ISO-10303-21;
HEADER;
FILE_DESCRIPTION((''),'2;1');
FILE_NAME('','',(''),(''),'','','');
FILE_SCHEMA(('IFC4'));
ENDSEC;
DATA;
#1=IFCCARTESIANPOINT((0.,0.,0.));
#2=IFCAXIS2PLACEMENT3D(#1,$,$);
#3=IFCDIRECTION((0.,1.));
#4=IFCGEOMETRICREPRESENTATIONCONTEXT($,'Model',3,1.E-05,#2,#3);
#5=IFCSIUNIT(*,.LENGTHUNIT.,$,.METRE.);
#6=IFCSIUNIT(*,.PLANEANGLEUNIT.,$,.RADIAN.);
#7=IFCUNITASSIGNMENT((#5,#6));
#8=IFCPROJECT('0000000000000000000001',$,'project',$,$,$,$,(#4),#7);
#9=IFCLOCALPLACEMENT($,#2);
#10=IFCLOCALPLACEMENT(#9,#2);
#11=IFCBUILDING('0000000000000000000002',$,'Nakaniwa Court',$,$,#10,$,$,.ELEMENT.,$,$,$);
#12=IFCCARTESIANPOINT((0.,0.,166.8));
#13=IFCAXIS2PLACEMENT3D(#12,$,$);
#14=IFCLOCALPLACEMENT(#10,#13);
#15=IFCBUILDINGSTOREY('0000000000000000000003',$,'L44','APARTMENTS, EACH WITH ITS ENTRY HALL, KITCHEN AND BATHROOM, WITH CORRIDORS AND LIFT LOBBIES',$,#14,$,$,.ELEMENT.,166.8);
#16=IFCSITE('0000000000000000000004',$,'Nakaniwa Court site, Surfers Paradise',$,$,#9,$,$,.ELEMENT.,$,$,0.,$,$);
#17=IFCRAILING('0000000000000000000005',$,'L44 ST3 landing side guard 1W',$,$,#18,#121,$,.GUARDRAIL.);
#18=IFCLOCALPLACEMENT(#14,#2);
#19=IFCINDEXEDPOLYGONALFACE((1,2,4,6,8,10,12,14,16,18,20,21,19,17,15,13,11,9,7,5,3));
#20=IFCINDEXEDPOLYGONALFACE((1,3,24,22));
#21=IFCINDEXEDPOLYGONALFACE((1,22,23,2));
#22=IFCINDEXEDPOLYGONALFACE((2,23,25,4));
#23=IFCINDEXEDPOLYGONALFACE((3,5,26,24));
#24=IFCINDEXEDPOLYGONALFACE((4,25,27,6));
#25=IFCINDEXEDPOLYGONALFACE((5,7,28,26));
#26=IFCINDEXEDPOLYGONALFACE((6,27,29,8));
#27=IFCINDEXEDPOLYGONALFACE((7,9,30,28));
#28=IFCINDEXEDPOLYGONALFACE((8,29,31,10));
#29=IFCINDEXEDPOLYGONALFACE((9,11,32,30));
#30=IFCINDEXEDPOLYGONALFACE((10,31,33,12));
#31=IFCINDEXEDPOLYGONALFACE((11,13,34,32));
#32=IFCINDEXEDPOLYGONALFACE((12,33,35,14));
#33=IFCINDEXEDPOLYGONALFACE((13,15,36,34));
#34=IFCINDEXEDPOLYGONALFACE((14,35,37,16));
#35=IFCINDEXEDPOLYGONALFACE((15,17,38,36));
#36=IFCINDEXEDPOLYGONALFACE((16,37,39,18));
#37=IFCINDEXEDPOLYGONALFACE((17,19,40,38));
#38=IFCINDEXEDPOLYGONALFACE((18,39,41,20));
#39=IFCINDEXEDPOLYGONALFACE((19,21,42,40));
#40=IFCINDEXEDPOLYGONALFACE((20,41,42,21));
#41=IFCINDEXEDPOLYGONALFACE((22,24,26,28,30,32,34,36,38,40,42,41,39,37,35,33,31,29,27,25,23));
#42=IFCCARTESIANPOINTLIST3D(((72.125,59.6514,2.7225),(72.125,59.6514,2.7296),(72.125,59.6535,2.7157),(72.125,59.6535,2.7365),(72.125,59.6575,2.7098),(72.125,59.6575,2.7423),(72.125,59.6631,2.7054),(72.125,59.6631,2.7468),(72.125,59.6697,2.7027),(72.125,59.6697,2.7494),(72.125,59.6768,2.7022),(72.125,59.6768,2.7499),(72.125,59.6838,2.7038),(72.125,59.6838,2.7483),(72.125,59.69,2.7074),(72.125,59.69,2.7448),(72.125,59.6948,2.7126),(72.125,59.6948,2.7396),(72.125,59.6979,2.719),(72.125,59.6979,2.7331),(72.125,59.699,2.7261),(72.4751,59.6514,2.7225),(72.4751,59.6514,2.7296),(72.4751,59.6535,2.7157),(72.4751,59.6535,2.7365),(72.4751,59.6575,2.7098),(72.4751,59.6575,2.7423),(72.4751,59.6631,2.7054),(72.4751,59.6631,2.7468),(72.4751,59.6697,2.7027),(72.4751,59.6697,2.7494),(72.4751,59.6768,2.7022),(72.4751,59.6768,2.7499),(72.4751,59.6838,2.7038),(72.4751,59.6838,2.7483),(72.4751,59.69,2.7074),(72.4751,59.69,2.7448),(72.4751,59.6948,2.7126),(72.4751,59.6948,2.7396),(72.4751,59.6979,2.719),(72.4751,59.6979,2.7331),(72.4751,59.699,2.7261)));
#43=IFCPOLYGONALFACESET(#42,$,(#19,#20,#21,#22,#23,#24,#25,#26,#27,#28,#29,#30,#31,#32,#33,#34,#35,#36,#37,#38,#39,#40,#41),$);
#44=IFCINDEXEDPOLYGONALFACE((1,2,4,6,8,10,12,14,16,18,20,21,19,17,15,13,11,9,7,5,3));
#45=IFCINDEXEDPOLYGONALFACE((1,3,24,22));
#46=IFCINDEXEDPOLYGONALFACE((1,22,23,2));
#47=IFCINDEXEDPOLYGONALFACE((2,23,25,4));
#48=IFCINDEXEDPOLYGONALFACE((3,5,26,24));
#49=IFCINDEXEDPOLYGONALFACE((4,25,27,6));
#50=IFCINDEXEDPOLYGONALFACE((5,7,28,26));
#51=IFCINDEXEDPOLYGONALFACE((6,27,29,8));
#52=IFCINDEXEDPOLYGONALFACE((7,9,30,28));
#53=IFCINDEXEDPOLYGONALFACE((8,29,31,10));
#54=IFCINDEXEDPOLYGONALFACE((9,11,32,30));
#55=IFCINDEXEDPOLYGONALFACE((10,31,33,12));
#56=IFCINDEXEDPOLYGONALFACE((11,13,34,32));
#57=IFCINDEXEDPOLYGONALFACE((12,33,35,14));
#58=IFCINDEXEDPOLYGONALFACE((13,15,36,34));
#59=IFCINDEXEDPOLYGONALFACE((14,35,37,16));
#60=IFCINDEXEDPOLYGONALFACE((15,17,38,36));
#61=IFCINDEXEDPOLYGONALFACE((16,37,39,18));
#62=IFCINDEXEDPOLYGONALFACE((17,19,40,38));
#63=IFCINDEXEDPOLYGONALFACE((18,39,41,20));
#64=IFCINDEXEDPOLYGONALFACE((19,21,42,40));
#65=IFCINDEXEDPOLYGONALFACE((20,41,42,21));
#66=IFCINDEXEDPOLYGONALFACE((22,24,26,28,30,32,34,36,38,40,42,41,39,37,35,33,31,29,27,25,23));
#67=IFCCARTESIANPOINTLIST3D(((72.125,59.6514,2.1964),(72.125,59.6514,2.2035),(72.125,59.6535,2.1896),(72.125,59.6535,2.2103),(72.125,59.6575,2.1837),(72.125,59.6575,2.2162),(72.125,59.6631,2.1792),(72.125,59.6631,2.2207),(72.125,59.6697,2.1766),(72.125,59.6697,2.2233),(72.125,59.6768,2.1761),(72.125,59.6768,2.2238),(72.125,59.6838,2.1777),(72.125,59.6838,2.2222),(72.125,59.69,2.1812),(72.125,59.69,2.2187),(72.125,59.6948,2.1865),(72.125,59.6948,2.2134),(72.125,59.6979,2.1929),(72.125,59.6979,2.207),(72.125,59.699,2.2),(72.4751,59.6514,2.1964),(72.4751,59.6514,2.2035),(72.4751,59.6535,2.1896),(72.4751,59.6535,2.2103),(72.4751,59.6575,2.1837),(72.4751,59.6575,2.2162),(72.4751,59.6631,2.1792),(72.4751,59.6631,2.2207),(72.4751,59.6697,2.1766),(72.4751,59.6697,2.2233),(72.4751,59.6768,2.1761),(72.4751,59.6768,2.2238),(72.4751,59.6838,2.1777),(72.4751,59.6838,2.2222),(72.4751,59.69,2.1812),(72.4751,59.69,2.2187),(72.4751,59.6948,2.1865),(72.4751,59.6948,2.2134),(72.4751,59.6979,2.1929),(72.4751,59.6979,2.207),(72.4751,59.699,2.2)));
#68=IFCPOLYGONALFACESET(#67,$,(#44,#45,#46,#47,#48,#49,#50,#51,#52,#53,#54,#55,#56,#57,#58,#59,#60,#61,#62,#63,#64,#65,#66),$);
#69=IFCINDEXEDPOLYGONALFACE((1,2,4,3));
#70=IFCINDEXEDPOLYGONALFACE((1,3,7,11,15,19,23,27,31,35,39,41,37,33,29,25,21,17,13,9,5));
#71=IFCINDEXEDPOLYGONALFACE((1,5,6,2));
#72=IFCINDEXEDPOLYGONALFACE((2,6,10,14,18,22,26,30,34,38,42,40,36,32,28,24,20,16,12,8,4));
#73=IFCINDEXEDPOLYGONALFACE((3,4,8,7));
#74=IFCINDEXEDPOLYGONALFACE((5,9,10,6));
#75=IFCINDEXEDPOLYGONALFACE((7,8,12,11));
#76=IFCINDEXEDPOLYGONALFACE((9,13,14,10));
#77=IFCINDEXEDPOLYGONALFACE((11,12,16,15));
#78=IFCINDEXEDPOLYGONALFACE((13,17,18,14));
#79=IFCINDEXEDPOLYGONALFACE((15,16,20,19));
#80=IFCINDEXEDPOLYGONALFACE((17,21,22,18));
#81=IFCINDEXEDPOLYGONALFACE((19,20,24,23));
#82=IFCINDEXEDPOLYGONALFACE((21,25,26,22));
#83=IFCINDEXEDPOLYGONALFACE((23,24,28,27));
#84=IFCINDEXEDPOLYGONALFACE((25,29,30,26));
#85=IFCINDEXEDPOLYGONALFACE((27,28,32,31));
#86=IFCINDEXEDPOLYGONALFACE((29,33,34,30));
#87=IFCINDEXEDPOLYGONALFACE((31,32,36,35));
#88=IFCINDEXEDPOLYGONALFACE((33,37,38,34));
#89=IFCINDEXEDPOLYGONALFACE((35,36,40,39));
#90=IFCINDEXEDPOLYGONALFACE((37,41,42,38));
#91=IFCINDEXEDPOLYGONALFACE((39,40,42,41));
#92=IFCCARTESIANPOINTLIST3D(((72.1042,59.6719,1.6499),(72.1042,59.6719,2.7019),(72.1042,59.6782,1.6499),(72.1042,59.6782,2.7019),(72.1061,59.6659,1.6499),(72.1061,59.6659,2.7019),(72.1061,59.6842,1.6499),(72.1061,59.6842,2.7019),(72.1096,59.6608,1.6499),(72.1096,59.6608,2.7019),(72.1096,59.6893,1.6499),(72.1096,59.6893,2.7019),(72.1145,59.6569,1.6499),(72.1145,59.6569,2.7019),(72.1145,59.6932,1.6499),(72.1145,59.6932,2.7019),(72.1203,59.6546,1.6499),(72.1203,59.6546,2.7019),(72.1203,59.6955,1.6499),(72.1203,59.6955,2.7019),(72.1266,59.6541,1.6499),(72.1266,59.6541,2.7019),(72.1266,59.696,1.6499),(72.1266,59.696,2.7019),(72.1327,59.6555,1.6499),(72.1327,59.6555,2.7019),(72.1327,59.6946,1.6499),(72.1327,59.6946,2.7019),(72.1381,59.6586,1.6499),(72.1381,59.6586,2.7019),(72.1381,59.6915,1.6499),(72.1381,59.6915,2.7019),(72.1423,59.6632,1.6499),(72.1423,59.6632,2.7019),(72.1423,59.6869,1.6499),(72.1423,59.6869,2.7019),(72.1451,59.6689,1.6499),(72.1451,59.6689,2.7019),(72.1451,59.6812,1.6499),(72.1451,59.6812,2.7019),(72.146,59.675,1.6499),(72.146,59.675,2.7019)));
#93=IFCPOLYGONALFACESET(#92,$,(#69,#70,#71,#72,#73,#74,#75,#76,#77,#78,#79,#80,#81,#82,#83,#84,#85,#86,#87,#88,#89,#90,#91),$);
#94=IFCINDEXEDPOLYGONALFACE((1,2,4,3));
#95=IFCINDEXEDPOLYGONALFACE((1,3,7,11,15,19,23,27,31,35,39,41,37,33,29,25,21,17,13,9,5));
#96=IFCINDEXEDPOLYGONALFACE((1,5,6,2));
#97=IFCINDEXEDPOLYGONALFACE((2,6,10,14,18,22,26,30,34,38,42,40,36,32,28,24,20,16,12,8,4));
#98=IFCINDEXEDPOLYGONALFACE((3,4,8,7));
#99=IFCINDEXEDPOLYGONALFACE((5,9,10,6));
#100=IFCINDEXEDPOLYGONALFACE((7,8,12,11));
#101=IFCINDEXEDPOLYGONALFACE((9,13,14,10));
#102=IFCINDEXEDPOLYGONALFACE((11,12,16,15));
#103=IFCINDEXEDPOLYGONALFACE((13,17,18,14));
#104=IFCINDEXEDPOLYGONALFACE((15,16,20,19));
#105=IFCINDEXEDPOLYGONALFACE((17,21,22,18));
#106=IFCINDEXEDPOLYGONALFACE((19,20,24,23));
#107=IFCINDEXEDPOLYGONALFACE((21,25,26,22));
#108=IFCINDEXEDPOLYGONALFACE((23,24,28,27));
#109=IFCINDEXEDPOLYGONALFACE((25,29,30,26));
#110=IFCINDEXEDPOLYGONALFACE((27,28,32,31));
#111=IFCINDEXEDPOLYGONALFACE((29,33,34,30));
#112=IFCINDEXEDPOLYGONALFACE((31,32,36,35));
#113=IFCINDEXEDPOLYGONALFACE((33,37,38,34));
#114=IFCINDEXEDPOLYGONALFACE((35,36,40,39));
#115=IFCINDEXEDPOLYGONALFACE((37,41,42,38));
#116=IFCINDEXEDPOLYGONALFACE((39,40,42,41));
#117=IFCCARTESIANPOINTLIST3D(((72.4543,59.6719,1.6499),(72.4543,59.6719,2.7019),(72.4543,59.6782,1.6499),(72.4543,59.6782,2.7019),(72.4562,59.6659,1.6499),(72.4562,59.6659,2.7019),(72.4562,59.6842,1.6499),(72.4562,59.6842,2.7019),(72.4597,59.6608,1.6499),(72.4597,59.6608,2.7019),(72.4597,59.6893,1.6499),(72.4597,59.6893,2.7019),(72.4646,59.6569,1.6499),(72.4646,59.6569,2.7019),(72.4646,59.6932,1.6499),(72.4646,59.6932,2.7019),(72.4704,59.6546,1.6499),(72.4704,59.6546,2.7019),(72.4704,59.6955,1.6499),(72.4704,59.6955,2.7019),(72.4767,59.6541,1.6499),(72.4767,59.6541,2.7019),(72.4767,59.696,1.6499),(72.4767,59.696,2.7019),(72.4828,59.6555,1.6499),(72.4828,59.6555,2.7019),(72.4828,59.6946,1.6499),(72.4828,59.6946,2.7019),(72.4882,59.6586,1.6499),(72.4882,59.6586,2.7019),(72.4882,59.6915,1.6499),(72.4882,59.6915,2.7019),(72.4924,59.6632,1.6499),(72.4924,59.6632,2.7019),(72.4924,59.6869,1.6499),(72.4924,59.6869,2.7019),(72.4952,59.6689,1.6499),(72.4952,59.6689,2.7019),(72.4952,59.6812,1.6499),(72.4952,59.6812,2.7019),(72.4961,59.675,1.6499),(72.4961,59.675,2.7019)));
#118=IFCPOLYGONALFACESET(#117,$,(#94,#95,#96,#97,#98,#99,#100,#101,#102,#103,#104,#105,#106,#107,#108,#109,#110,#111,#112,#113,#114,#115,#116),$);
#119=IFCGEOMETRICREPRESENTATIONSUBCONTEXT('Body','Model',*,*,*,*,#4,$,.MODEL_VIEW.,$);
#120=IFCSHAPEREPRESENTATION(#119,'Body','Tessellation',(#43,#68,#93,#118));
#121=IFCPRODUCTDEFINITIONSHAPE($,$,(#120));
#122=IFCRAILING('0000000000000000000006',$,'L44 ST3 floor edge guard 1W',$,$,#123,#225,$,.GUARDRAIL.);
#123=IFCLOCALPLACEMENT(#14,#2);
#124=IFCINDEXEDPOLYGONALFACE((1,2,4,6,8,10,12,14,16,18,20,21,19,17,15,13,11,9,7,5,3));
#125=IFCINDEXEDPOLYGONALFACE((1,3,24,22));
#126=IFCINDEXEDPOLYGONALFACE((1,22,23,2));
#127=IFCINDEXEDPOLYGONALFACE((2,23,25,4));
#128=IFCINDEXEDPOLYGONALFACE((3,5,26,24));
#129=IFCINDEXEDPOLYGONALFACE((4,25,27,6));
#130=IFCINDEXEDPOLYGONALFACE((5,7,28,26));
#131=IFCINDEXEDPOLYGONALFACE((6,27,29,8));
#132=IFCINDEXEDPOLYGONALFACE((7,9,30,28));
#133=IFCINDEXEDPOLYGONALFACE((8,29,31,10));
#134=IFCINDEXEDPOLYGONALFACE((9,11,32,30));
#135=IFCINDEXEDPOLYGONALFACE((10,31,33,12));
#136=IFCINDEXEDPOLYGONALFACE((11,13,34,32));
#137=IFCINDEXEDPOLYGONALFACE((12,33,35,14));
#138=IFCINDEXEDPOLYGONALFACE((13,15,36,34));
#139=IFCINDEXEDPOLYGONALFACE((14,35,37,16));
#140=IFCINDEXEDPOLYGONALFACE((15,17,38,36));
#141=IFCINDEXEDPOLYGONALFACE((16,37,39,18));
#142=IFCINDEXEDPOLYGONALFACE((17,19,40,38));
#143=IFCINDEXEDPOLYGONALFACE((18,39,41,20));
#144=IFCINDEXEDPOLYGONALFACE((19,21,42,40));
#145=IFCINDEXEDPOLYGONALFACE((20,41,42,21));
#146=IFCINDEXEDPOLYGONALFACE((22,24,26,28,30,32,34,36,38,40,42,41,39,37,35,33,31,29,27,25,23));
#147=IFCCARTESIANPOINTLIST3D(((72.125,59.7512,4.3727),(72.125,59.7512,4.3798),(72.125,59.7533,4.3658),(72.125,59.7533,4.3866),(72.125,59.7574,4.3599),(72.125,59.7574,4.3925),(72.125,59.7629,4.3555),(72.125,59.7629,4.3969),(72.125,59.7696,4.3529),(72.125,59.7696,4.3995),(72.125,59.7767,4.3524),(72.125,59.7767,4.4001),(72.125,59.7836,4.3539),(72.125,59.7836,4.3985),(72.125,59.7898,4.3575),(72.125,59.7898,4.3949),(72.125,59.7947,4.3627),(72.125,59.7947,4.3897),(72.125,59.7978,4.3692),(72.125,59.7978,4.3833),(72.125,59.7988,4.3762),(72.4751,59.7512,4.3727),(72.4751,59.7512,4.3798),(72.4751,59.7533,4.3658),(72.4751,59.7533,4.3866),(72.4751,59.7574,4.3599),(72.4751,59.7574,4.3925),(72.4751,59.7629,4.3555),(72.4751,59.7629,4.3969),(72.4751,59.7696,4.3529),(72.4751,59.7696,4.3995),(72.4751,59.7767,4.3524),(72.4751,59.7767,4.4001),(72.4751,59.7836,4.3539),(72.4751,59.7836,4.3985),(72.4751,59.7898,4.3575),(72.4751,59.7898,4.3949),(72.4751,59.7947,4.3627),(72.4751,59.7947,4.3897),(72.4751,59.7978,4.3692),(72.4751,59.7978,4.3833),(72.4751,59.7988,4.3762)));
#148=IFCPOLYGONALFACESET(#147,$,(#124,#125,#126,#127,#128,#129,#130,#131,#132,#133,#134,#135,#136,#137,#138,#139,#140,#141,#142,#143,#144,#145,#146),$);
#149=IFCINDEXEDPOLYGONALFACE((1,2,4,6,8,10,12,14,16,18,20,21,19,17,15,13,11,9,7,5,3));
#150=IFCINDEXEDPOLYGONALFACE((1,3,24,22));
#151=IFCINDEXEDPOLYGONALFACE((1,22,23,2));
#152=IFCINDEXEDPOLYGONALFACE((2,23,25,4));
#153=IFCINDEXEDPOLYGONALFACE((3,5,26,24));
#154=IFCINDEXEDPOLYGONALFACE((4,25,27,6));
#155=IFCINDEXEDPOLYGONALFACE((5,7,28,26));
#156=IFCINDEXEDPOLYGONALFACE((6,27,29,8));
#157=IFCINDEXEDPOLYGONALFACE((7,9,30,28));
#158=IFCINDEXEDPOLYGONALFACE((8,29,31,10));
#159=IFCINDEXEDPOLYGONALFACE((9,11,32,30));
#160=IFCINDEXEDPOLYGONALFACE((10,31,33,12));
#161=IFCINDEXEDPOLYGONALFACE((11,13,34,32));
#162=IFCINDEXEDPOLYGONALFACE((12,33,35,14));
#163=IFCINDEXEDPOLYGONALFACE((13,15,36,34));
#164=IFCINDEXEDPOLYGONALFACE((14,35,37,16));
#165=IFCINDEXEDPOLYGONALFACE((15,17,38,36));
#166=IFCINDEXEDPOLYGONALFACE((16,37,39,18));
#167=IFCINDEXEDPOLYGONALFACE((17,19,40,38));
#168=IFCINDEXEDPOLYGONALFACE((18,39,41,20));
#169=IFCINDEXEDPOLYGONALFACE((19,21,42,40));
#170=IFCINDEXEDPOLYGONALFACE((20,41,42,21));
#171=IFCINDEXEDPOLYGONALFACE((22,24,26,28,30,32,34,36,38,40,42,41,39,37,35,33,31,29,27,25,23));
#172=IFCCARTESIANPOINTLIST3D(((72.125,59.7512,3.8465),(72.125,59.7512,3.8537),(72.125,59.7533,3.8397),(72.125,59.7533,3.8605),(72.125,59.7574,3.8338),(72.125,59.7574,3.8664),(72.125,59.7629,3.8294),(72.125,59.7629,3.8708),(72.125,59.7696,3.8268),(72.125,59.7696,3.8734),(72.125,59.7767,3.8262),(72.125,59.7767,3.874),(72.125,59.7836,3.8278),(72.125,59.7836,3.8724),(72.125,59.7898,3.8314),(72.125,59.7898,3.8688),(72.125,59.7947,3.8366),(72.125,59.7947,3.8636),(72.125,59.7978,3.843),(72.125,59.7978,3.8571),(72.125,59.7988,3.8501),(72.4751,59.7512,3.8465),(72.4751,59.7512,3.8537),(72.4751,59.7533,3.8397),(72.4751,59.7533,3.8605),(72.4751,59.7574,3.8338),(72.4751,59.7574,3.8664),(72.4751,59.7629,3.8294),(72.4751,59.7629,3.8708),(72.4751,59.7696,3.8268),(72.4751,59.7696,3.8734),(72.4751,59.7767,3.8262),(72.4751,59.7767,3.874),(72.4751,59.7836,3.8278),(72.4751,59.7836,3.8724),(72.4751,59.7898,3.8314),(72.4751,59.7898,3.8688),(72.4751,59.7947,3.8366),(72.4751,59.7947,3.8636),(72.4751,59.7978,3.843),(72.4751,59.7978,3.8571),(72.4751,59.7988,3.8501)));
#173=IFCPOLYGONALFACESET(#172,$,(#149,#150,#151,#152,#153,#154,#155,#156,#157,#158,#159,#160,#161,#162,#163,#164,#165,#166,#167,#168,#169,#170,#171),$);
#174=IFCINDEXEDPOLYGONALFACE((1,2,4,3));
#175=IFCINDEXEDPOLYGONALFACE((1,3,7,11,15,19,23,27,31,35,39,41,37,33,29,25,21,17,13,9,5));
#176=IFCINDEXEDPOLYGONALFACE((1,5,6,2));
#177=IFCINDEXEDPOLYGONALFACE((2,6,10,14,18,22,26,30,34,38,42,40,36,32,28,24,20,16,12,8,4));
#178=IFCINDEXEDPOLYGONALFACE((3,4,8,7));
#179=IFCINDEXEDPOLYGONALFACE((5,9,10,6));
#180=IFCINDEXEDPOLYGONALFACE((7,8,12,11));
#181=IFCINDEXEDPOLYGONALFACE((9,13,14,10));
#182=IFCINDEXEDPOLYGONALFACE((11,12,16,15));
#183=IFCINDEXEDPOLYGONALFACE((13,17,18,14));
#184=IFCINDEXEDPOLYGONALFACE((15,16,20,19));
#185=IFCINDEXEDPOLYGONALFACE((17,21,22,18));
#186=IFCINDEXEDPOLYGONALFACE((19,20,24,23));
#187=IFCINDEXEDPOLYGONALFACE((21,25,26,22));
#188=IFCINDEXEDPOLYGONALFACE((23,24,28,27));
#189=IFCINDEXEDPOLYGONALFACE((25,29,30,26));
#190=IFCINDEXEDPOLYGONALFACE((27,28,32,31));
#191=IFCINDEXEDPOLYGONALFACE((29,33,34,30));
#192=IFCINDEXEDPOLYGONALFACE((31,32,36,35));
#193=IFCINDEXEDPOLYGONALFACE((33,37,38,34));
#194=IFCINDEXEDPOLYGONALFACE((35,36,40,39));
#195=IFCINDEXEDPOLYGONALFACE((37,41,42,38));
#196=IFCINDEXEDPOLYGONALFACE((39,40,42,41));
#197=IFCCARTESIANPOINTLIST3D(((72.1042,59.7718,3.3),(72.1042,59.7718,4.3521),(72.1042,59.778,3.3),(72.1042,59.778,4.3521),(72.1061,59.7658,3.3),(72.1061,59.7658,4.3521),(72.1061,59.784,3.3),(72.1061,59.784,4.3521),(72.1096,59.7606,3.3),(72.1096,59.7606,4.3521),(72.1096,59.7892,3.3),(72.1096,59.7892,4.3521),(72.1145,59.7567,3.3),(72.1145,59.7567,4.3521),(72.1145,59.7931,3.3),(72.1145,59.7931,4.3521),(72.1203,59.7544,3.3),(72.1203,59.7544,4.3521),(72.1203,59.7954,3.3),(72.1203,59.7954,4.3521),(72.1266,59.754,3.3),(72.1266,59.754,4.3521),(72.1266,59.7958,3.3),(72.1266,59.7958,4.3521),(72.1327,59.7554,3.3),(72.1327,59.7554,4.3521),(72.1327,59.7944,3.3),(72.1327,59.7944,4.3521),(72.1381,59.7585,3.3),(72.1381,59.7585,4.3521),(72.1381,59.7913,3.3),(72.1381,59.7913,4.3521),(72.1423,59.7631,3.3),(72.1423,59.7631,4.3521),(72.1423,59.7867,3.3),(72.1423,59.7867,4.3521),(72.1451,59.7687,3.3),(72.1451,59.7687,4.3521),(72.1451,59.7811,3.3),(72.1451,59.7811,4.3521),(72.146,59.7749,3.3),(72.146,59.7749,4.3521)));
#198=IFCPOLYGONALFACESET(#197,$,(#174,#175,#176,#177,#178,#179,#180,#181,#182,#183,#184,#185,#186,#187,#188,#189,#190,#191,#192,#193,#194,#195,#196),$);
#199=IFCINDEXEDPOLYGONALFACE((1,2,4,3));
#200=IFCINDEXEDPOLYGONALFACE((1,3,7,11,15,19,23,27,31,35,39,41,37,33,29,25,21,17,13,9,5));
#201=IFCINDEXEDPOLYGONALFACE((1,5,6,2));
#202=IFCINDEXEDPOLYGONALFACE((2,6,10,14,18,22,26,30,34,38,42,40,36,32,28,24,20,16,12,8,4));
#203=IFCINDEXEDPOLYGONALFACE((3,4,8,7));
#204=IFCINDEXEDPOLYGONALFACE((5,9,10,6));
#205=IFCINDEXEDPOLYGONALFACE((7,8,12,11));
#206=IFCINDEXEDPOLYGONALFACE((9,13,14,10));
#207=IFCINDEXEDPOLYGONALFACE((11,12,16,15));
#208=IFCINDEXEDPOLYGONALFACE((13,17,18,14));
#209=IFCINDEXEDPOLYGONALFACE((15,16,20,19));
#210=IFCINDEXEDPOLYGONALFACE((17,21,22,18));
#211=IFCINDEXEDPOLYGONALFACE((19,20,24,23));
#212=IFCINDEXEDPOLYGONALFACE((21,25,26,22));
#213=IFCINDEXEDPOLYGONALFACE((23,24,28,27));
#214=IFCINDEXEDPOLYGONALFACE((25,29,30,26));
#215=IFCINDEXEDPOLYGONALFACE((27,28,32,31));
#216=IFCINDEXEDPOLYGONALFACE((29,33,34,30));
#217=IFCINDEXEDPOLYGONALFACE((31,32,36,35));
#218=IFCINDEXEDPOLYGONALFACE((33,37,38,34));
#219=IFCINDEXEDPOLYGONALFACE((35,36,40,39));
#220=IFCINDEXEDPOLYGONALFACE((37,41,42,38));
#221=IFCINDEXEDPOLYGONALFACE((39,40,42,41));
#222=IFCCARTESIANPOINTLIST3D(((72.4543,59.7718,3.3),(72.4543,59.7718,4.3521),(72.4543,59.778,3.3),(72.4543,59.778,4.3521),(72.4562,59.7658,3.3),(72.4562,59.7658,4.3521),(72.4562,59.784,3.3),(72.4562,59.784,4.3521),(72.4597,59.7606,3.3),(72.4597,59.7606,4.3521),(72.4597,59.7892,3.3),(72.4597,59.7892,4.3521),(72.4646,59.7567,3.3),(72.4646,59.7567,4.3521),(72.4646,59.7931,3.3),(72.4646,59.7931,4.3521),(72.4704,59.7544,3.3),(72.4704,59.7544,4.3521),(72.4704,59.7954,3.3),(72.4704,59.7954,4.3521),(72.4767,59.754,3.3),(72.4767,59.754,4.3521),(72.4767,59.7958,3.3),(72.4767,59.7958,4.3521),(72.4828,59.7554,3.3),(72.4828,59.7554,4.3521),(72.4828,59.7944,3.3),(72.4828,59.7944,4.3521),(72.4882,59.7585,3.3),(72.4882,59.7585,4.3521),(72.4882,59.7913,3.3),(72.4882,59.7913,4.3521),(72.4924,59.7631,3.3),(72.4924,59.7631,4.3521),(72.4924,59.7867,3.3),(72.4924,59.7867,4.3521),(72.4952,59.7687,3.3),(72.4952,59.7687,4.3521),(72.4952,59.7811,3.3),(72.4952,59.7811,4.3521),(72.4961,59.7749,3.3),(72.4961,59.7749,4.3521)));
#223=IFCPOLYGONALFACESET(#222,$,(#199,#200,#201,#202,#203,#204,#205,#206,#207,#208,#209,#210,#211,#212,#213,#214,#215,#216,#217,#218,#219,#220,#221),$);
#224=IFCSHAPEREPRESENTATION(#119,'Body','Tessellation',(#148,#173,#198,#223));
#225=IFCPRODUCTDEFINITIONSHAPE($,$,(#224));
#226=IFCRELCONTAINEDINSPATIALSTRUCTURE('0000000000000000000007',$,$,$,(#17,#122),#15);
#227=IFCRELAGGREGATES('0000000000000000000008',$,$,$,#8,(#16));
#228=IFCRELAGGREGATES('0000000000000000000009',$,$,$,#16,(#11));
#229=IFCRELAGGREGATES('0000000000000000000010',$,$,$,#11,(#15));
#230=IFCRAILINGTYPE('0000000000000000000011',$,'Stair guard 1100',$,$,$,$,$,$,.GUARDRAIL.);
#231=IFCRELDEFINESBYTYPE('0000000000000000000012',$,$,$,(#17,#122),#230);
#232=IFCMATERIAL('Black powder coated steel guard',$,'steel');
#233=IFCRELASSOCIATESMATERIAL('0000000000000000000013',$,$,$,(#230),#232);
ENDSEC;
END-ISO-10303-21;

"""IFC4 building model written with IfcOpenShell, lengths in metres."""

from ifc_helpers import new_model, si_unit, direction, frame, origin, origin_2d, place, context, subcontext, project, spatial, circle, extrude, material, type_object, element, save


model = new_model("IFC4")

# Units and contexts
model_context = context("Model", 3, precision=1e-05, world=origin(), true_north=direction((0.0, 1.0)))
body_context = subcontext(model_context, "Body", "Model", "MODEL_VIEW")
ifc_project = project(units=[si_unit("LENGTHUNIT", "METRE"), si_unit("PLANEANGLEUNIT", "RADIAN")], contexts=[model_context])

# Site, building, storey
site_placement = place(None, origin())
site = spatial("IfcSite", under=ifc_project, at=site_placement, Name="Nakaniwa Court site, Surfers Paradise", CompositionType="ELEMENT", RefElevation=0.0)
building_placement = place(site_placement, origin())
building = spatial("IfcBuilding", under=site, at=building_placement, Name="Nakaniwa Court", CompositionType="ELEMENT")
storey_placement = place(building_placement, frame((0.0, 0.0, 166.8)))
storey = spatial("IfcBuildingStorey", under=building, at=storey_placement, Name="L44", Description="APARTMENTS, EACH WITH ITS ENTRY HALL, KITCHEN AND BATHROOM, WITH CORRIDORS AND LIFT LOBBIES", CompositionType="ELEMENT", Elevation=166.8)

# Railings
ifc_material_1 = material(Name="Black powder coated steel guard", Category="steel")
railing_type_1 = type_object("IfcRailingType", Name="Stair guard 1100", PredefinedType="GUARDRAIL", material=ifc_material_1)
for number, where, name in (
    (1, (72.125, 59.675, 1.6499), "L44 ST3 landing side guard 1W"),
    (2, (72.125, 59.7749, 3.3), "L44 ST3 floor edge guard 1W"),
):
    element("IfcRailing", number, at=place(storey_placement, frame(where)), inside=storey, type_object=railing_type_1, Name=name, PredefinedType="GUARDRAIL", context=body_context, shape_type="SweptSolid", body=[
        extrude(circle(Radius=0.0239, at=origin_2d()), frame((0.0, 0.0, 1.0762), z_axis=(1.0, 0.0, 0.0), x_axis=(0.0, 1.0, 0.0)), (0.0, 0.0, 1.0), 0.3501),
        extrude(circle(Radius=0.0239, at=origin_2d()), frame((0.0, 0.0, 0.55), z_axis=(1.0, 0.0, 0.0), x_axis=(0.0, 1.0, 0.0)), (0.0, 0.0, 1.0), 0.3501),
        extrude(circle(Radius=0.021, at=origin_2d()), origin(), (0.0, 0.0, 1.0), 1.052),
        extrude(circle(Radius=0.021, at=origin_2d()), frame((0.3501, 0.0, 0.0)), (0.0, 0.0, 1.0), 1.052),
    ])

save(model, "model.ifc")
